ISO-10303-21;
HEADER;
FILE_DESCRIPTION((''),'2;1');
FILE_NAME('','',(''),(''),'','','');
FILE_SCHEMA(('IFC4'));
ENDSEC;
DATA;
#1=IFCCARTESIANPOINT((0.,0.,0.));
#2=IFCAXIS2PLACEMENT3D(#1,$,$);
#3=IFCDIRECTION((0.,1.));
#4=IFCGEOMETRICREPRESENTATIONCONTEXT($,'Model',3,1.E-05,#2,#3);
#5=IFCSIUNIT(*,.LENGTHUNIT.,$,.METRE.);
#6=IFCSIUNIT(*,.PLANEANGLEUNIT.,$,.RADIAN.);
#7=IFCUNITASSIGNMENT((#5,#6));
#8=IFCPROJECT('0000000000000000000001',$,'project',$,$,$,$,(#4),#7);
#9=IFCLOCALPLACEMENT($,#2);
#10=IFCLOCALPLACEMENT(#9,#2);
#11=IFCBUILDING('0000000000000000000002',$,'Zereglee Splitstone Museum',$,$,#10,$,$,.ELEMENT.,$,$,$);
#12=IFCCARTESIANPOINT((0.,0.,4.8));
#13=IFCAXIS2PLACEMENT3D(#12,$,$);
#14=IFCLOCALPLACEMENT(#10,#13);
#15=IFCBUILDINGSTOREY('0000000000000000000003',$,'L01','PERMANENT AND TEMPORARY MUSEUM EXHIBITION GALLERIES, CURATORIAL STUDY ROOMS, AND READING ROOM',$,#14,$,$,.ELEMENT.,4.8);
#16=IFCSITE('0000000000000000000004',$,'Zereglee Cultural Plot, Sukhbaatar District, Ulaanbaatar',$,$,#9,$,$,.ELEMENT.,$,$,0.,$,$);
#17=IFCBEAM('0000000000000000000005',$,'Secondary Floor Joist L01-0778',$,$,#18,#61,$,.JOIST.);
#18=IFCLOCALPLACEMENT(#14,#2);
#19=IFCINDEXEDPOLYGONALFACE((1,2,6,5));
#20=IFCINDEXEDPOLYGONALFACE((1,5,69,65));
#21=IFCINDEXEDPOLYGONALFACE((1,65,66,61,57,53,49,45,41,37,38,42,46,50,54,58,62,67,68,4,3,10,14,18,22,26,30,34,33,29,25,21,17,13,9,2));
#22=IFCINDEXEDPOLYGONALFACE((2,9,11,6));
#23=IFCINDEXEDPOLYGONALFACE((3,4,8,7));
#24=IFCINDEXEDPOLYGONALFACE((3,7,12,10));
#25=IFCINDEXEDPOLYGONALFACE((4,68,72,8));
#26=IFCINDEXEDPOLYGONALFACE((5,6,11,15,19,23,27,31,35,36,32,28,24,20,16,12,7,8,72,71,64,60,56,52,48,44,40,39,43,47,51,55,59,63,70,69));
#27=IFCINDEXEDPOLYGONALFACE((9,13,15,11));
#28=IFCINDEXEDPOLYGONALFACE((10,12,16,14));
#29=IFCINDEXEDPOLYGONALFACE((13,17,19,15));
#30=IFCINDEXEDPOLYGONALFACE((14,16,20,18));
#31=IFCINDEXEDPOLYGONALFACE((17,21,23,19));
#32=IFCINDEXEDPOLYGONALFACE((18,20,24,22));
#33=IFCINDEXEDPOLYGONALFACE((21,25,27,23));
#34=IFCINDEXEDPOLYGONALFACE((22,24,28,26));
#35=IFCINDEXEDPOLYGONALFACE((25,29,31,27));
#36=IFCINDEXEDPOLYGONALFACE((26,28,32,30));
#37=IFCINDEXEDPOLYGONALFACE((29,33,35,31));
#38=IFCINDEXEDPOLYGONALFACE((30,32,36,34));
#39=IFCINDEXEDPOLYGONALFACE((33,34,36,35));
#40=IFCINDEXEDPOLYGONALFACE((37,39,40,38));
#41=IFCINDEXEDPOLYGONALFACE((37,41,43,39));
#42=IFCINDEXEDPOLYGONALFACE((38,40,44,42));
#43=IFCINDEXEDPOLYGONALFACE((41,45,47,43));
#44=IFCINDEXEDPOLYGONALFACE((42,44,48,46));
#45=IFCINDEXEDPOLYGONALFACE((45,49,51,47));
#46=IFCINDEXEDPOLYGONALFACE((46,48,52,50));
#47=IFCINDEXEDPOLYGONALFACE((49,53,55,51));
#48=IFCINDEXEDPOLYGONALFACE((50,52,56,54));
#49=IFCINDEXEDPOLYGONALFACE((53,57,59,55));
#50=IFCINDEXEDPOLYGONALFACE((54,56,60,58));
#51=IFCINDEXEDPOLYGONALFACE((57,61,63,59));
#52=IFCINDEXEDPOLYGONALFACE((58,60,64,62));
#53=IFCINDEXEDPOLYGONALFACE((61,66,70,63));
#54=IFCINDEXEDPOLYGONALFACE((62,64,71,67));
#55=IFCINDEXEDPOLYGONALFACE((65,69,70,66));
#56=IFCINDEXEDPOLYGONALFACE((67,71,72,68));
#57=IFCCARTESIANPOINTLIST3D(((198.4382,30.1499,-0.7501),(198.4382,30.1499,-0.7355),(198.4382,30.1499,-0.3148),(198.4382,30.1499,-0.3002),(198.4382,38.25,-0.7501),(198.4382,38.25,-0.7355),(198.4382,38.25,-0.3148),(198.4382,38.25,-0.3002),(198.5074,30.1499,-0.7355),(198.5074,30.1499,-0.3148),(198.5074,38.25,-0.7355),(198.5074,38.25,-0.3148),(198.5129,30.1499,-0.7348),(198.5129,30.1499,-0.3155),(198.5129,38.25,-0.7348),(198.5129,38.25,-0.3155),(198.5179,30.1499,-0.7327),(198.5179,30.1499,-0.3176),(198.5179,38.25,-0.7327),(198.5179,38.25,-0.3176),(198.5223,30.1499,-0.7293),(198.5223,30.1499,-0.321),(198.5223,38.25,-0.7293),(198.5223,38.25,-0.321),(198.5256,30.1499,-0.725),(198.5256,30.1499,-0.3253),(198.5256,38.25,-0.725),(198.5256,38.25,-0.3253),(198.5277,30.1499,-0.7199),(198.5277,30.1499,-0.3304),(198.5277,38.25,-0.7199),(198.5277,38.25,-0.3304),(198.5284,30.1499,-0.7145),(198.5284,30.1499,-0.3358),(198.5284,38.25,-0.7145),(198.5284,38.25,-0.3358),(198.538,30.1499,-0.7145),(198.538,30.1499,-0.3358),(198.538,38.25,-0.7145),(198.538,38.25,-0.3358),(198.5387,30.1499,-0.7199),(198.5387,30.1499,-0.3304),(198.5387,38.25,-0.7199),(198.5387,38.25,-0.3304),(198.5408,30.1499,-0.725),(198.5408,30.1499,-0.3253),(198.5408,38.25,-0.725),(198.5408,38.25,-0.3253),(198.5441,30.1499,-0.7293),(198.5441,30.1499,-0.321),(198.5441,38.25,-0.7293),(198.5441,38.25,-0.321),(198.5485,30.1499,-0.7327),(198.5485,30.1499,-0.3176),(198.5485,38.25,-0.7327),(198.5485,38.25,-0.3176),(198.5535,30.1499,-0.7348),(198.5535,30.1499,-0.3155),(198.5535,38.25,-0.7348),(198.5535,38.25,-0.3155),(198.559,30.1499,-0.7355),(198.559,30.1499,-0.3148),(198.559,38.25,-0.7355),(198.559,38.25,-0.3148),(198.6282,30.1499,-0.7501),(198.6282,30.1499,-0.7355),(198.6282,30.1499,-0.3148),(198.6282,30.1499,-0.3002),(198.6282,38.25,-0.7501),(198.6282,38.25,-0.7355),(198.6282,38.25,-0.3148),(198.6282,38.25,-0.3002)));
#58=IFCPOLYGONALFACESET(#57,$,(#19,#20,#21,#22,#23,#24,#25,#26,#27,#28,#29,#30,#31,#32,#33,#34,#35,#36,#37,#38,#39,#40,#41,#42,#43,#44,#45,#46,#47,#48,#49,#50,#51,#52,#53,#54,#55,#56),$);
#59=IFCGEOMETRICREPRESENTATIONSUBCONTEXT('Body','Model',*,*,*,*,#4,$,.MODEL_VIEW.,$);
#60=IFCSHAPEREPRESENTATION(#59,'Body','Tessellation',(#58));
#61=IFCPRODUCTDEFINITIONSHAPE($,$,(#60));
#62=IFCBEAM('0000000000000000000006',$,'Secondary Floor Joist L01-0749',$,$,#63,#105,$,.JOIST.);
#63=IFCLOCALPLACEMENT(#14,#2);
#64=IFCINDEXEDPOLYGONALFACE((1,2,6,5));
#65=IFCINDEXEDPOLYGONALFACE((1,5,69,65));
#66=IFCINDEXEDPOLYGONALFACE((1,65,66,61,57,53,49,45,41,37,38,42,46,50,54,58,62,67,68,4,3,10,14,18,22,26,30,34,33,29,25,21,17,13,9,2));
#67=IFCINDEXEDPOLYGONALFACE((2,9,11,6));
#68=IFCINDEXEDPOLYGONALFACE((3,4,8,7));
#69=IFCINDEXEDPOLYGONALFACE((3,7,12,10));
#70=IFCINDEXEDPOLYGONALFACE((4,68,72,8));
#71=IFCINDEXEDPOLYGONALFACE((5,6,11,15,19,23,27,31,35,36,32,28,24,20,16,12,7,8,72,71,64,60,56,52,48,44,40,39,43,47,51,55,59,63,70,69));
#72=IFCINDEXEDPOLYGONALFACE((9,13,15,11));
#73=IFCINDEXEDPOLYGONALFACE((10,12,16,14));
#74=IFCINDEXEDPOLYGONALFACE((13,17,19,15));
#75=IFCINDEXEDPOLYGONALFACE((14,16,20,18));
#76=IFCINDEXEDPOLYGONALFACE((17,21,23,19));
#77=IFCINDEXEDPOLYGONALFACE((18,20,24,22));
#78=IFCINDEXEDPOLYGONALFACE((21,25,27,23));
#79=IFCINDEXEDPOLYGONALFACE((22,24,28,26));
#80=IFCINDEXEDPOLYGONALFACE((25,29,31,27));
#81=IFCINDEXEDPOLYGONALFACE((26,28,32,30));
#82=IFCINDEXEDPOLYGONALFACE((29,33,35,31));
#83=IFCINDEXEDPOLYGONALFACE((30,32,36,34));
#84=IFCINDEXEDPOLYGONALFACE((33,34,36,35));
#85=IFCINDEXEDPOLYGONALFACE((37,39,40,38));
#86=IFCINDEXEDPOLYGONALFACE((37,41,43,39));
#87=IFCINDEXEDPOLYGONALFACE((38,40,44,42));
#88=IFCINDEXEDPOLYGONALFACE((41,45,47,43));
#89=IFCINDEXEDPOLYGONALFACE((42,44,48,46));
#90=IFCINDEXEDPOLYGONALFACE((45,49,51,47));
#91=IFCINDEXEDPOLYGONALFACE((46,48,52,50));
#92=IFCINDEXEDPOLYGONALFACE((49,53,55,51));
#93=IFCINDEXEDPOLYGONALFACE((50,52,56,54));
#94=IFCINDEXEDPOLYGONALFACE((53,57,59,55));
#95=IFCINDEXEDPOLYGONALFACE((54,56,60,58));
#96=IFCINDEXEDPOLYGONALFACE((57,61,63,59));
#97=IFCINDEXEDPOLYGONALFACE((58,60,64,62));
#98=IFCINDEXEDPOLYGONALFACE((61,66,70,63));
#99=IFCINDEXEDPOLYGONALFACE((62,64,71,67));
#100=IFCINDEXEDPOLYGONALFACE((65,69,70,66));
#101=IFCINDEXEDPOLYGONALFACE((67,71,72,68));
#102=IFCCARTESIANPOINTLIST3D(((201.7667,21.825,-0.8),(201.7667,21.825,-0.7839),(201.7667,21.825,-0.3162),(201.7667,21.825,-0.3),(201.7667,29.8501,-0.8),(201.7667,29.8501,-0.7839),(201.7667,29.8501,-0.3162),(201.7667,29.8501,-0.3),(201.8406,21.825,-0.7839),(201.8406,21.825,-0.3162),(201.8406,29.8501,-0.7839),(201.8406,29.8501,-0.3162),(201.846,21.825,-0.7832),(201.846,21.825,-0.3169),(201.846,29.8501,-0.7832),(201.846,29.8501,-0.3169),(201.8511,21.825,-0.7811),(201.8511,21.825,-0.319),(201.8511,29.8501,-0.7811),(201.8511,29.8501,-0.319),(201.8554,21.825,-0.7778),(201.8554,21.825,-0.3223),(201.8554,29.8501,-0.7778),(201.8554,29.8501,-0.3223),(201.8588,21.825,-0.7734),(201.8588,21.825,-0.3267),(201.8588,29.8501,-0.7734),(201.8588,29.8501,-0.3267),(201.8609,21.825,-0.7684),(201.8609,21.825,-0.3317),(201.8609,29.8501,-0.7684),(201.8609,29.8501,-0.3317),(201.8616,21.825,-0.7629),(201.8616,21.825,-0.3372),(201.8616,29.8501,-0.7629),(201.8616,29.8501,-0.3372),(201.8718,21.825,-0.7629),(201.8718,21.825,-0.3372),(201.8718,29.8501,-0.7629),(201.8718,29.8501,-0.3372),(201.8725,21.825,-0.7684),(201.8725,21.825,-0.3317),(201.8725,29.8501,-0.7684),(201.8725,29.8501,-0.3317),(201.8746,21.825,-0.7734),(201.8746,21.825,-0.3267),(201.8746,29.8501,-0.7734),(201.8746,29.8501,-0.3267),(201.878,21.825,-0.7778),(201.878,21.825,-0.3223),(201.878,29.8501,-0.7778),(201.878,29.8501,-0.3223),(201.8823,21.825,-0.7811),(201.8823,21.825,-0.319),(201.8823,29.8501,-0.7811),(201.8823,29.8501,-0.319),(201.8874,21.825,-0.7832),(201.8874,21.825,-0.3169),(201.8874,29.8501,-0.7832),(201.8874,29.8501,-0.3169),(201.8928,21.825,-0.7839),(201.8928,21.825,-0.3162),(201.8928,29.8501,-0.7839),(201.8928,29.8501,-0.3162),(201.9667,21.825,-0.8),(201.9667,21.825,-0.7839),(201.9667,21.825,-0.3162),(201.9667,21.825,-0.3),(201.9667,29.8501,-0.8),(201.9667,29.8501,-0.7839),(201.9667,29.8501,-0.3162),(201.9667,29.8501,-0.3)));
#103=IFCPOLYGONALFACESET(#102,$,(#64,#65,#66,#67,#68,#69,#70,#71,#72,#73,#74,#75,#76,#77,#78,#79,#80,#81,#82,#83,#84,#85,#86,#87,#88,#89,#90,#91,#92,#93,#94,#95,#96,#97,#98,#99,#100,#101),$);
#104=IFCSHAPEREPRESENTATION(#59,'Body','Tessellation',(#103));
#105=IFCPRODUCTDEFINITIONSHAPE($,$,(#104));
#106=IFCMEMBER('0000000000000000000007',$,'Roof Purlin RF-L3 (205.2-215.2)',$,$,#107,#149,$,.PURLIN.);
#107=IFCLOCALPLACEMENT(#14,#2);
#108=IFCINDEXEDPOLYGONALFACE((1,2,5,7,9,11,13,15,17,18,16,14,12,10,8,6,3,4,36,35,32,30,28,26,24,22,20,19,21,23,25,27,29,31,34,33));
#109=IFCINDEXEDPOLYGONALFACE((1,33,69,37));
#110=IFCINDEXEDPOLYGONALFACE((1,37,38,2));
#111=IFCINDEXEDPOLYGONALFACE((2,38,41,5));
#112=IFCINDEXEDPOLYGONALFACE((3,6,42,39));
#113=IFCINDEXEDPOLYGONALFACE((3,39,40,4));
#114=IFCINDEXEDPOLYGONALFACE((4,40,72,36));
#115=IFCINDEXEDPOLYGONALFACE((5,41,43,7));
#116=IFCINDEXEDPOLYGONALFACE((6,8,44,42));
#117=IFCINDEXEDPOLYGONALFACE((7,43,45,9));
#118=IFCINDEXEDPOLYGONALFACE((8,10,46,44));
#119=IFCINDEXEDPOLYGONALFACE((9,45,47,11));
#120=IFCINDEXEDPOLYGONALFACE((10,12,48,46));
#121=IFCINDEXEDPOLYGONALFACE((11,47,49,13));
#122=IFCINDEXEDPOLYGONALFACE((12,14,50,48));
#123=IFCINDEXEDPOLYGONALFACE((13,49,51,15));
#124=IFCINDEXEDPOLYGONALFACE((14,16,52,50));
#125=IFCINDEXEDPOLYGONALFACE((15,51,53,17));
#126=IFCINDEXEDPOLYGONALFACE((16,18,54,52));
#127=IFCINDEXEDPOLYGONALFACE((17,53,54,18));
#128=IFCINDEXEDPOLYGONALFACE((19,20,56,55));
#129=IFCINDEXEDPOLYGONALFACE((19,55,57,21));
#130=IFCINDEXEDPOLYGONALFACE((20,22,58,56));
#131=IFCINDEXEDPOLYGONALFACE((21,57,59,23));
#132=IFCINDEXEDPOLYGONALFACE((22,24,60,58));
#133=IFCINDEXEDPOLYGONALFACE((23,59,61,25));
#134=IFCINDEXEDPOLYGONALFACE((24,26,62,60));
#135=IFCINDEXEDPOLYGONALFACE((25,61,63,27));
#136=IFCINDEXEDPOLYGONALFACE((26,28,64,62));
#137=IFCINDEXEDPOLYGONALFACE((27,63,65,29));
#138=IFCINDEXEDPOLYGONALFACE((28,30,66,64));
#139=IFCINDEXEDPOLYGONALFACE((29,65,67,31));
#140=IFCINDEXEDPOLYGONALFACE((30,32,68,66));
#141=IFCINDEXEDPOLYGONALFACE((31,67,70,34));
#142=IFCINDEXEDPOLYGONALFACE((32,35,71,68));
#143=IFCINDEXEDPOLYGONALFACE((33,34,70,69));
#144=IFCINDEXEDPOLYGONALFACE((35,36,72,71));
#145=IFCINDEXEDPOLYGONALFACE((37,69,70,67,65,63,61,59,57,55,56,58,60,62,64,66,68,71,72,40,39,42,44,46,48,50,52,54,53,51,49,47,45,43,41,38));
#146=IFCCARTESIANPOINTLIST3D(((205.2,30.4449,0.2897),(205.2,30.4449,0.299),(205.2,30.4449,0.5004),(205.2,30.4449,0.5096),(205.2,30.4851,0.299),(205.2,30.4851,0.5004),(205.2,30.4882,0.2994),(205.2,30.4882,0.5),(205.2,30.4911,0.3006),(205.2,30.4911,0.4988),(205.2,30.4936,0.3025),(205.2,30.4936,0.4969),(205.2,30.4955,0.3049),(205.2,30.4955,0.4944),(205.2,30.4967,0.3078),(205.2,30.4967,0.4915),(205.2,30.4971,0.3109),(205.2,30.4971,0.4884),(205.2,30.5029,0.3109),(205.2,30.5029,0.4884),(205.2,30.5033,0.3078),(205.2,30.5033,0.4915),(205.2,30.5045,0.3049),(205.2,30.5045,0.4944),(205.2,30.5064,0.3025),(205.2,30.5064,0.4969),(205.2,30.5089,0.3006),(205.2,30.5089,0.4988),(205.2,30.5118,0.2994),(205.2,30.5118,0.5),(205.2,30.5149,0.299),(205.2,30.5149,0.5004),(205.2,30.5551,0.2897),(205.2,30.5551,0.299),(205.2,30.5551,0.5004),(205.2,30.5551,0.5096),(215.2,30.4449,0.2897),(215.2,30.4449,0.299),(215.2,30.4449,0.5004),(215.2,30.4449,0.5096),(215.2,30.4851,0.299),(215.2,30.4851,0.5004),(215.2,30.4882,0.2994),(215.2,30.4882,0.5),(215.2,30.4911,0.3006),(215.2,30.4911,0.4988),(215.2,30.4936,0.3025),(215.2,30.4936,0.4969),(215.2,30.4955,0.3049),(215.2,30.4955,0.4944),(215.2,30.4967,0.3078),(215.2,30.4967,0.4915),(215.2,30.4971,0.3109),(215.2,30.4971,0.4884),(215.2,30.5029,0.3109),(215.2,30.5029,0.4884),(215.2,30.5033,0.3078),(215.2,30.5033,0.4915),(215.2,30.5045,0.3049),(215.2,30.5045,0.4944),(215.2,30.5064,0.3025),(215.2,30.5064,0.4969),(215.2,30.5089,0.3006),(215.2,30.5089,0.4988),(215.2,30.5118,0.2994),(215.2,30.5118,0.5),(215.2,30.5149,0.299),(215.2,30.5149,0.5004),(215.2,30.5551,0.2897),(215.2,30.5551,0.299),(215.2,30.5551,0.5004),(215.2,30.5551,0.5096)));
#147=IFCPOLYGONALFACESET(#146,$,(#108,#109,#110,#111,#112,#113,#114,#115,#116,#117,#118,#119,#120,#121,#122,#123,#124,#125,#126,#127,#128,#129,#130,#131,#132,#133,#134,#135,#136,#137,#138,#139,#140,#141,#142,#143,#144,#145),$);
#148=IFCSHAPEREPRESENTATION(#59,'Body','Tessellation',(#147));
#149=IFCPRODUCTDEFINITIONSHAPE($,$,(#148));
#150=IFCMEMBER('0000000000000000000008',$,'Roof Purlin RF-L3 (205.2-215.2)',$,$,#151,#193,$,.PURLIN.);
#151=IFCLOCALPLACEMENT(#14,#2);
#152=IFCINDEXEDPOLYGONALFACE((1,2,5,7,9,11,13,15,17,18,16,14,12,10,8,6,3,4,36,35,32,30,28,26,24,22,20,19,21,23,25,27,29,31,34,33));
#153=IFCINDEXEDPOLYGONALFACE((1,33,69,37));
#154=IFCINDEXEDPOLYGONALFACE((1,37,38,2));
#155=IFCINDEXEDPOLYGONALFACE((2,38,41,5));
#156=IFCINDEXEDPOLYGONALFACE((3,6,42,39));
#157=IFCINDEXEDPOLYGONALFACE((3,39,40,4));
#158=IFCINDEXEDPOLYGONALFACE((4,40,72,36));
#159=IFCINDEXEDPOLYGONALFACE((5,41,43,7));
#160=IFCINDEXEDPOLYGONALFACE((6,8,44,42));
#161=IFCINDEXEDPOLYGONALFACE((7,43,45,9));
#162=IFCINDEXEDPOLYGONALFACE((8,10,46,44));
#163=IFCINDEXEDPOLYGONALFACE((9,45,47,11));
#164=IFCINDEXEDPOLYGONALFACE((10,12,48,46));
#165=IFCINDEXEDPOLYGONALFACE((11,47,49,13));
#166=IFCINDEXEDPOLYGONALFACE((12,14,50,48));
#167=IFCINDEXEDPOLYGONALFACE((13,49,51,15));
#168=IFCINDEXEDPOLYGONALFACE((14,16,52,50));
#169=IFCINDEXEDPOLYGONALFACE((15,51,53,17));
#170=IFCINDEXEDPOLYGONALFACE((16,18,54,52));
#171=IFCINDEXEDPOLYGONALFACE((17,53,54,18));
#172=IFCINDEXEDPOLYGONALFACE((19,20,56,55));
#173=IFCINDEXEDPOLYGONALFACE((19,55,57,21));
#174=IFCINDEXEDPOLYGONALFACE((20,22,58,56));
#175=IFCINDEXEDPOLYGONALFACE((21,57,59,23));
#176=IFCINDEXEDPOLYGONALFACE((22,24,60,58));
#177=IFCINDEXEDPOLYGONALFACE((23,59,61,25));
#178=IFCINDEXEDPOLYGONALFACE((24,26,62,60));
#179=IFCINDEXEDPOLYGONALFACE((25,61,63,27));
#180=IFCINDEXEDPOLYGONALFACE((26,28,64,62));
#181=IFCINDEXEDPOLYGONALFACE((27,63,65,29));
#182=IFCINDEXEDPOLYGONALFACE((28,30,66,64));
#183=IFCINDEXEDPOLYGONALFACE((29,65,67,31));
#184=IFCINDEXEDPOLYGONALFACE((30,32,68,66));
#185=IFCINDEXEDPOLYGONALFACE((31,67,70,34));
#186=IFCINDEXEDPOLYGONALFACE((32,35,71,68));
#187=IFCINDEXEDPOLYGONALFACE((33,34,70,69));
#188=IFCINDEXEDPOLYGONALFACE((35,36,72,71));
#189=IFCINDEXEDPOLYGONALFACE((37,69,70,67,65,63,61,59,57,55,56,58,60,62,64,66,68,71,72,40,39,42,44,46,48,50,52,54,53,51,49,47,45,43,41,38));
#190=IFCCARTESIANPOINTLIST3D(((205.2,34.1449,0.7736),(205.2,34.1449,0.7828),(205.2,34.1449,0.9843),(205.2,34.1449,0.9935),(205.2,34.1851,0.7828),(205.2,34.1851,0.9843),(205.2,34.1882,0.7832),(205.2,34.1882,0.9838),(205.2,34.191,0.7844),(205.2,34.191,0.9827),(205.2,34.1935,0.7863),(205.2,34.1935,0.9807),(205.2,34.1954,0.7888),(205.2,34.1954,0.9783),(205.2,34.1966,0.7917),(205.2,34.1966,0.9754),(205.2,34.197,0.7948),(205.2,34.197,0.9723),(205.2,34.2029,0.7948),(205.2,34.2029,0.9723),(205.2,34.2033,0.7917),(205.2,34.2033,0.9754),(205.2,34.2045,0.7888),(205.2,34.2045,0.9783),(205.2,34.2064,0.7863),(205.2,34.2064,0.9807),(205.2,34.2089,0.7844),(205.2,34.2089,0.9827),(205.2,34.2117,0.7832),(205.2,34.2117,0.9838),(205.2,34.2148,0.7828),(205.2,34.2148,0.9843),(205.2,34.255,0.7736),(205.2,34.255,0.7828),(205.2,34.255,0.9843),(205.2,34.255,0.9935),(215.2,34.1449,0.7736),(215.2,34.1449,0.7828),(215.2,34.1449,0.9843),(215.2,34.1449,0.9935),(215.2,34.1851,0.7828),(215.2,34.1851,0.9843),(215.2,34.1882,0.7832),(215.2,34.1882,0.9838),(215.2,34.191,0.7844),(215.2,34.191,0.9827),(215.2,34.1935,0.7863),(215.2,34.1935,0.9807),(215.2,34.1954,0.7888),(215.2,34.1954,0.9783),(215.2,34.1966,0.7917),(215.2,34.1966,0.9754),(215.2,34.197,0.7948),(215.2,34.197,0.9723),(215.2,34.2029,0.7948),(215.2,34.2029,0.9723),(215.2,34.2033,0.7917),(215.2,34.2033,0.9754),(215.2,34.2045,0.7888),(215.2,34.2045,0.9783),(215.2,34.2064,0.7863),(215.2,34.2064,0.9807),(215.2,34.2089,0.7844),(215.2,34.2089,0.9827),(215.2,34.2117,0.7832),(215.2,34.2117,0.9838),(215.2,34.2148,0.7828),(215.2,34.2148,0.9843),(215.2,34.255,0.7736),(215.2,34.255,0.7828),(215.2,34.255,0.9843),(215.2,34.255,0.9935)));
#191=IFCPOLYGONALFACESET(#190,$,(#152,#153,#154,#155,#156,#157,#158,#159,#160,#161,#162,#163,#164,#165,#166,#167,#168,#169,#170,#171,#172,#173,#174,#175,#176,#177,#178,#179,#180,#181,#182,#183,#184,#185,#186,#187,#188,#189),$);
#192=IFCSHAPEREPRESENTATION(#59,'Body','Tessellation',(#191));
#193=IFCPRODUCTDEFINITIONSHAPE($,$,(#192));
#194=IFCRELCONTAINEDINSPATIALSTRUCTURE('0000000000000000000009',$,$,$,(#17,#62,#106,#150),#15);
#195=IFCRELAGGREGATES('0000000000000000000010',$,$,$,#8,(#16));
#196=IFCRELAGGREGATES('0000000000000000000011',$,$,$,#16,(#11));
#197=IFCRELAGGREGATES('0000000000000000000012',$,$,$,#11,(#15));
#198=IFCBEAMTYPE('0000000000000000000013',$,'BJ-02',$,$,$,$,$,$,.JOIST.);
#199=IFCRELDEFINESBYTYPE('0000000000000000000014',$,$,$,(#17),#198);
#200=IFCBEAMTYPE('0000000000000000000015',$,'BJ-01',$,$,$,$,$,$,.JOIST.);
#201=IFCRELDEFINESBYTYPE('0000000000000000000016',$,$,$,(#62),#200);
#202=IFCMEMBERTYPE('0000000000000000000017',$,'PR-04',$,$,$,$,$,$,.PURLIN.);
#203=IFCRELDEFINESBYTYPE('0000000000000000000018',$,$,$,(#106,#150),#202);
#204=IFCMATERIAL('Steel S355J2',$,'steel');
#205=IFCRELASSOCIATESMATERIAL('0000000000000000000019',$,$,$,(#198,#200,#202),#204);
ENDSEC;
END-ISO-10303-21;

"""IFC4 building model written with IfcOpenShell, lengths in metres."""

from ifc_helpers import new_model, si_unit, direction, frame, origin, origin_2d, place, context, subcontext, project, spatial, i_section, extrude, material, material_profile, profile_set, type_object, element, save


model = new_model("IFC4")

# Units and contexts
model_context = context("Model", 3, precision=1e-05, world=origin(), true_north=direction((0.0, 1.0)))
body_context = subcontext(model_context, "Body", "Model", "MODEL_VIEW")
ifc_project = project(units=[si_unit("LENGTHUNIT", "METRE"), si_unit("PLANEANGLEUNIT", "RADIAN")], contexts=[model_context])

# Site, building, storey
site_placement = place(None, origin())
site = spatial("IfcSite", under=ifc_project, at=site_placement, Name="Zereglee Cultural Plot, Sukhbaatar District, Ulaanbaatar", CompositionType="ELEMENT", RefElevation=0.0)
building_placement = place(site_placement, origin())
building = spatial("IfcBuilding", under=site, at=building_placement, Name="Zereglee Splitstone Museum", CompositionType="ELEMENT")
storey_placement = place(building_placement, frame((0.0, 0.0, 4.8)))
storey = spatial("IfcBuildingStorey", under=building, at=storey_placement, Name="L01", Description="PERMANENT AND TEMPORARY MUSEUM EXHIBITION GALLERIES, CURATORIAL STUDY ROOMS, AND READING ROOM", CompositionType="ELEMENT", Elevation=4.8)

# Shared definitions
ifc_material_1 = material(Name="Steel S355J2", Category="steel")

# Beams
ifc_material_profile_1 = material_profile(ifc_material_1, i_section(OverallWidth=0.1899, OverallDepth=0.45, WebThickness=0.0095, FlangeThickness=0.0146, FilletRadius=0.021, at=origin_2d()), Name="IPE 450")
ifc_profile_set_1 = profile_set([ifc_material_profile_1], Name="Steel S355J2")
beam_type_1 = type_object("IfcBeamType", Name="BJ-02", PredefinedType="JOIST", material=ifc_profile_set_1)
beam_1_placement = place(storey_placement, frame((198.5332, 30.1499, -0.5251), z_axis=(0.0, 1.0, 0.0), x_axis=(-1.0, 0.0, 0.0)))
element("IfcBeam", 1, at=beam_1_placement, inside=storey, type_object=beam_type_1, Name="Secondary Floor Joist L01-0778", PredefinedType="JOIST", context=body_context, shape_type="SweptSolid", body=[
    extrude(i_section(OverallWidth=0.1899, OverallDepth=0.45, WebThickness=0.0095, FlangeThickness=0.0146, FilletRadius=0.021, at=origin_2d()), origin(), (0.0, 0.0, 1.0), 8.1001),
])
ifc_material_profile_2 = material_profile(ifc_material_1, i_section(OverallWidth=0.2, OverallDepth=0.5, WebThickness=0.0103, FlangeThickness=0.0161, FilletRadius=0.021, at=origin_2d()), Name="IPE 500")
ifc_profile_set_2 = profile_set([ifc_material_profile_2], Name="Steel S355J2")
beam_type_2 = type_object("IfcBeamType", Name="BJ-01", PredefinedType="JOIST", material=ifc_profile_set_2)
beam_2_placement = place(storey_placement, frame((201.8667, 21.825, -0.55), z_axis=(0.0, 1.0, 0.0), x_axis=(-1.0, 0.0, 0.0)))
element("IfcBeam", 2, at=beam_2_placement, inside=storey, type_object=beam_type_2, Name="Secondary Floor Joist L01-0749", PredefinedType="JOIST", context=body_context, shape_type="SweptSolid", body=[
    extrude(i_section(OverallWidth=0.2, OverallDepth=0.5, WebThickness=0.0103, FlangeThickness=0.0161, FilletRadius=0.021, at=origin_2d()), origin(), (0.0, 0.0, 1.0), 8.0251),
])

# Members
ifc_material_profile_3 = material_profile(ifc_material_1, i_section(OverallWidth=0.1101, OverallDepth=0.22, WebThickness=0.0059, FlangeThickness=0.0093, FilletRadius=0.012, at=origin_2d()), Name="IPE 220")
ifc_profile_set_3 = profile_set([ifc_material_profile_3], Name="Steel S355J2")
member_type_1 = type_object("IfcMemberType", Name="PR-04", PredefinedType="PURLIN", material=ifc_profile_set_3)
for number, where, z_axis, x_axis, name in (
    (3, (205.2, 30.5, 0.3997), (1.0, 0.0, 0.0), (0.0, 1.0, 0.0), "Roof Purlin RF-L3 (205.2-215.2)"),
    (4, (205.2, 34.2, 0.8835), (1.0, 0.0, 0.0), (0.0, 1.0, 0.0), "Roof Purlin RF-L3 (205.2-215.2)"),
):
    element("IfcMember", number, at=place(storey_placement, frame(where, z_axis=z_axis, x_axis=x_axis)), inside=storey, type_object=member_type_1, Name=name, PredefinedType="PURLIN", context=body_context, shape_type="SweptSolid", body=[
        extrude(i_section(OverallWidth=0.1101, OverallDepth=0.22, WebThickness=0.0059, FlangeThickness=0.0093, FilletRadius=0.012, at=origin_2d()), origin(), (0.0, 0.0, 1.0), 10.0),
    ])

save(model, "model.ifc")
